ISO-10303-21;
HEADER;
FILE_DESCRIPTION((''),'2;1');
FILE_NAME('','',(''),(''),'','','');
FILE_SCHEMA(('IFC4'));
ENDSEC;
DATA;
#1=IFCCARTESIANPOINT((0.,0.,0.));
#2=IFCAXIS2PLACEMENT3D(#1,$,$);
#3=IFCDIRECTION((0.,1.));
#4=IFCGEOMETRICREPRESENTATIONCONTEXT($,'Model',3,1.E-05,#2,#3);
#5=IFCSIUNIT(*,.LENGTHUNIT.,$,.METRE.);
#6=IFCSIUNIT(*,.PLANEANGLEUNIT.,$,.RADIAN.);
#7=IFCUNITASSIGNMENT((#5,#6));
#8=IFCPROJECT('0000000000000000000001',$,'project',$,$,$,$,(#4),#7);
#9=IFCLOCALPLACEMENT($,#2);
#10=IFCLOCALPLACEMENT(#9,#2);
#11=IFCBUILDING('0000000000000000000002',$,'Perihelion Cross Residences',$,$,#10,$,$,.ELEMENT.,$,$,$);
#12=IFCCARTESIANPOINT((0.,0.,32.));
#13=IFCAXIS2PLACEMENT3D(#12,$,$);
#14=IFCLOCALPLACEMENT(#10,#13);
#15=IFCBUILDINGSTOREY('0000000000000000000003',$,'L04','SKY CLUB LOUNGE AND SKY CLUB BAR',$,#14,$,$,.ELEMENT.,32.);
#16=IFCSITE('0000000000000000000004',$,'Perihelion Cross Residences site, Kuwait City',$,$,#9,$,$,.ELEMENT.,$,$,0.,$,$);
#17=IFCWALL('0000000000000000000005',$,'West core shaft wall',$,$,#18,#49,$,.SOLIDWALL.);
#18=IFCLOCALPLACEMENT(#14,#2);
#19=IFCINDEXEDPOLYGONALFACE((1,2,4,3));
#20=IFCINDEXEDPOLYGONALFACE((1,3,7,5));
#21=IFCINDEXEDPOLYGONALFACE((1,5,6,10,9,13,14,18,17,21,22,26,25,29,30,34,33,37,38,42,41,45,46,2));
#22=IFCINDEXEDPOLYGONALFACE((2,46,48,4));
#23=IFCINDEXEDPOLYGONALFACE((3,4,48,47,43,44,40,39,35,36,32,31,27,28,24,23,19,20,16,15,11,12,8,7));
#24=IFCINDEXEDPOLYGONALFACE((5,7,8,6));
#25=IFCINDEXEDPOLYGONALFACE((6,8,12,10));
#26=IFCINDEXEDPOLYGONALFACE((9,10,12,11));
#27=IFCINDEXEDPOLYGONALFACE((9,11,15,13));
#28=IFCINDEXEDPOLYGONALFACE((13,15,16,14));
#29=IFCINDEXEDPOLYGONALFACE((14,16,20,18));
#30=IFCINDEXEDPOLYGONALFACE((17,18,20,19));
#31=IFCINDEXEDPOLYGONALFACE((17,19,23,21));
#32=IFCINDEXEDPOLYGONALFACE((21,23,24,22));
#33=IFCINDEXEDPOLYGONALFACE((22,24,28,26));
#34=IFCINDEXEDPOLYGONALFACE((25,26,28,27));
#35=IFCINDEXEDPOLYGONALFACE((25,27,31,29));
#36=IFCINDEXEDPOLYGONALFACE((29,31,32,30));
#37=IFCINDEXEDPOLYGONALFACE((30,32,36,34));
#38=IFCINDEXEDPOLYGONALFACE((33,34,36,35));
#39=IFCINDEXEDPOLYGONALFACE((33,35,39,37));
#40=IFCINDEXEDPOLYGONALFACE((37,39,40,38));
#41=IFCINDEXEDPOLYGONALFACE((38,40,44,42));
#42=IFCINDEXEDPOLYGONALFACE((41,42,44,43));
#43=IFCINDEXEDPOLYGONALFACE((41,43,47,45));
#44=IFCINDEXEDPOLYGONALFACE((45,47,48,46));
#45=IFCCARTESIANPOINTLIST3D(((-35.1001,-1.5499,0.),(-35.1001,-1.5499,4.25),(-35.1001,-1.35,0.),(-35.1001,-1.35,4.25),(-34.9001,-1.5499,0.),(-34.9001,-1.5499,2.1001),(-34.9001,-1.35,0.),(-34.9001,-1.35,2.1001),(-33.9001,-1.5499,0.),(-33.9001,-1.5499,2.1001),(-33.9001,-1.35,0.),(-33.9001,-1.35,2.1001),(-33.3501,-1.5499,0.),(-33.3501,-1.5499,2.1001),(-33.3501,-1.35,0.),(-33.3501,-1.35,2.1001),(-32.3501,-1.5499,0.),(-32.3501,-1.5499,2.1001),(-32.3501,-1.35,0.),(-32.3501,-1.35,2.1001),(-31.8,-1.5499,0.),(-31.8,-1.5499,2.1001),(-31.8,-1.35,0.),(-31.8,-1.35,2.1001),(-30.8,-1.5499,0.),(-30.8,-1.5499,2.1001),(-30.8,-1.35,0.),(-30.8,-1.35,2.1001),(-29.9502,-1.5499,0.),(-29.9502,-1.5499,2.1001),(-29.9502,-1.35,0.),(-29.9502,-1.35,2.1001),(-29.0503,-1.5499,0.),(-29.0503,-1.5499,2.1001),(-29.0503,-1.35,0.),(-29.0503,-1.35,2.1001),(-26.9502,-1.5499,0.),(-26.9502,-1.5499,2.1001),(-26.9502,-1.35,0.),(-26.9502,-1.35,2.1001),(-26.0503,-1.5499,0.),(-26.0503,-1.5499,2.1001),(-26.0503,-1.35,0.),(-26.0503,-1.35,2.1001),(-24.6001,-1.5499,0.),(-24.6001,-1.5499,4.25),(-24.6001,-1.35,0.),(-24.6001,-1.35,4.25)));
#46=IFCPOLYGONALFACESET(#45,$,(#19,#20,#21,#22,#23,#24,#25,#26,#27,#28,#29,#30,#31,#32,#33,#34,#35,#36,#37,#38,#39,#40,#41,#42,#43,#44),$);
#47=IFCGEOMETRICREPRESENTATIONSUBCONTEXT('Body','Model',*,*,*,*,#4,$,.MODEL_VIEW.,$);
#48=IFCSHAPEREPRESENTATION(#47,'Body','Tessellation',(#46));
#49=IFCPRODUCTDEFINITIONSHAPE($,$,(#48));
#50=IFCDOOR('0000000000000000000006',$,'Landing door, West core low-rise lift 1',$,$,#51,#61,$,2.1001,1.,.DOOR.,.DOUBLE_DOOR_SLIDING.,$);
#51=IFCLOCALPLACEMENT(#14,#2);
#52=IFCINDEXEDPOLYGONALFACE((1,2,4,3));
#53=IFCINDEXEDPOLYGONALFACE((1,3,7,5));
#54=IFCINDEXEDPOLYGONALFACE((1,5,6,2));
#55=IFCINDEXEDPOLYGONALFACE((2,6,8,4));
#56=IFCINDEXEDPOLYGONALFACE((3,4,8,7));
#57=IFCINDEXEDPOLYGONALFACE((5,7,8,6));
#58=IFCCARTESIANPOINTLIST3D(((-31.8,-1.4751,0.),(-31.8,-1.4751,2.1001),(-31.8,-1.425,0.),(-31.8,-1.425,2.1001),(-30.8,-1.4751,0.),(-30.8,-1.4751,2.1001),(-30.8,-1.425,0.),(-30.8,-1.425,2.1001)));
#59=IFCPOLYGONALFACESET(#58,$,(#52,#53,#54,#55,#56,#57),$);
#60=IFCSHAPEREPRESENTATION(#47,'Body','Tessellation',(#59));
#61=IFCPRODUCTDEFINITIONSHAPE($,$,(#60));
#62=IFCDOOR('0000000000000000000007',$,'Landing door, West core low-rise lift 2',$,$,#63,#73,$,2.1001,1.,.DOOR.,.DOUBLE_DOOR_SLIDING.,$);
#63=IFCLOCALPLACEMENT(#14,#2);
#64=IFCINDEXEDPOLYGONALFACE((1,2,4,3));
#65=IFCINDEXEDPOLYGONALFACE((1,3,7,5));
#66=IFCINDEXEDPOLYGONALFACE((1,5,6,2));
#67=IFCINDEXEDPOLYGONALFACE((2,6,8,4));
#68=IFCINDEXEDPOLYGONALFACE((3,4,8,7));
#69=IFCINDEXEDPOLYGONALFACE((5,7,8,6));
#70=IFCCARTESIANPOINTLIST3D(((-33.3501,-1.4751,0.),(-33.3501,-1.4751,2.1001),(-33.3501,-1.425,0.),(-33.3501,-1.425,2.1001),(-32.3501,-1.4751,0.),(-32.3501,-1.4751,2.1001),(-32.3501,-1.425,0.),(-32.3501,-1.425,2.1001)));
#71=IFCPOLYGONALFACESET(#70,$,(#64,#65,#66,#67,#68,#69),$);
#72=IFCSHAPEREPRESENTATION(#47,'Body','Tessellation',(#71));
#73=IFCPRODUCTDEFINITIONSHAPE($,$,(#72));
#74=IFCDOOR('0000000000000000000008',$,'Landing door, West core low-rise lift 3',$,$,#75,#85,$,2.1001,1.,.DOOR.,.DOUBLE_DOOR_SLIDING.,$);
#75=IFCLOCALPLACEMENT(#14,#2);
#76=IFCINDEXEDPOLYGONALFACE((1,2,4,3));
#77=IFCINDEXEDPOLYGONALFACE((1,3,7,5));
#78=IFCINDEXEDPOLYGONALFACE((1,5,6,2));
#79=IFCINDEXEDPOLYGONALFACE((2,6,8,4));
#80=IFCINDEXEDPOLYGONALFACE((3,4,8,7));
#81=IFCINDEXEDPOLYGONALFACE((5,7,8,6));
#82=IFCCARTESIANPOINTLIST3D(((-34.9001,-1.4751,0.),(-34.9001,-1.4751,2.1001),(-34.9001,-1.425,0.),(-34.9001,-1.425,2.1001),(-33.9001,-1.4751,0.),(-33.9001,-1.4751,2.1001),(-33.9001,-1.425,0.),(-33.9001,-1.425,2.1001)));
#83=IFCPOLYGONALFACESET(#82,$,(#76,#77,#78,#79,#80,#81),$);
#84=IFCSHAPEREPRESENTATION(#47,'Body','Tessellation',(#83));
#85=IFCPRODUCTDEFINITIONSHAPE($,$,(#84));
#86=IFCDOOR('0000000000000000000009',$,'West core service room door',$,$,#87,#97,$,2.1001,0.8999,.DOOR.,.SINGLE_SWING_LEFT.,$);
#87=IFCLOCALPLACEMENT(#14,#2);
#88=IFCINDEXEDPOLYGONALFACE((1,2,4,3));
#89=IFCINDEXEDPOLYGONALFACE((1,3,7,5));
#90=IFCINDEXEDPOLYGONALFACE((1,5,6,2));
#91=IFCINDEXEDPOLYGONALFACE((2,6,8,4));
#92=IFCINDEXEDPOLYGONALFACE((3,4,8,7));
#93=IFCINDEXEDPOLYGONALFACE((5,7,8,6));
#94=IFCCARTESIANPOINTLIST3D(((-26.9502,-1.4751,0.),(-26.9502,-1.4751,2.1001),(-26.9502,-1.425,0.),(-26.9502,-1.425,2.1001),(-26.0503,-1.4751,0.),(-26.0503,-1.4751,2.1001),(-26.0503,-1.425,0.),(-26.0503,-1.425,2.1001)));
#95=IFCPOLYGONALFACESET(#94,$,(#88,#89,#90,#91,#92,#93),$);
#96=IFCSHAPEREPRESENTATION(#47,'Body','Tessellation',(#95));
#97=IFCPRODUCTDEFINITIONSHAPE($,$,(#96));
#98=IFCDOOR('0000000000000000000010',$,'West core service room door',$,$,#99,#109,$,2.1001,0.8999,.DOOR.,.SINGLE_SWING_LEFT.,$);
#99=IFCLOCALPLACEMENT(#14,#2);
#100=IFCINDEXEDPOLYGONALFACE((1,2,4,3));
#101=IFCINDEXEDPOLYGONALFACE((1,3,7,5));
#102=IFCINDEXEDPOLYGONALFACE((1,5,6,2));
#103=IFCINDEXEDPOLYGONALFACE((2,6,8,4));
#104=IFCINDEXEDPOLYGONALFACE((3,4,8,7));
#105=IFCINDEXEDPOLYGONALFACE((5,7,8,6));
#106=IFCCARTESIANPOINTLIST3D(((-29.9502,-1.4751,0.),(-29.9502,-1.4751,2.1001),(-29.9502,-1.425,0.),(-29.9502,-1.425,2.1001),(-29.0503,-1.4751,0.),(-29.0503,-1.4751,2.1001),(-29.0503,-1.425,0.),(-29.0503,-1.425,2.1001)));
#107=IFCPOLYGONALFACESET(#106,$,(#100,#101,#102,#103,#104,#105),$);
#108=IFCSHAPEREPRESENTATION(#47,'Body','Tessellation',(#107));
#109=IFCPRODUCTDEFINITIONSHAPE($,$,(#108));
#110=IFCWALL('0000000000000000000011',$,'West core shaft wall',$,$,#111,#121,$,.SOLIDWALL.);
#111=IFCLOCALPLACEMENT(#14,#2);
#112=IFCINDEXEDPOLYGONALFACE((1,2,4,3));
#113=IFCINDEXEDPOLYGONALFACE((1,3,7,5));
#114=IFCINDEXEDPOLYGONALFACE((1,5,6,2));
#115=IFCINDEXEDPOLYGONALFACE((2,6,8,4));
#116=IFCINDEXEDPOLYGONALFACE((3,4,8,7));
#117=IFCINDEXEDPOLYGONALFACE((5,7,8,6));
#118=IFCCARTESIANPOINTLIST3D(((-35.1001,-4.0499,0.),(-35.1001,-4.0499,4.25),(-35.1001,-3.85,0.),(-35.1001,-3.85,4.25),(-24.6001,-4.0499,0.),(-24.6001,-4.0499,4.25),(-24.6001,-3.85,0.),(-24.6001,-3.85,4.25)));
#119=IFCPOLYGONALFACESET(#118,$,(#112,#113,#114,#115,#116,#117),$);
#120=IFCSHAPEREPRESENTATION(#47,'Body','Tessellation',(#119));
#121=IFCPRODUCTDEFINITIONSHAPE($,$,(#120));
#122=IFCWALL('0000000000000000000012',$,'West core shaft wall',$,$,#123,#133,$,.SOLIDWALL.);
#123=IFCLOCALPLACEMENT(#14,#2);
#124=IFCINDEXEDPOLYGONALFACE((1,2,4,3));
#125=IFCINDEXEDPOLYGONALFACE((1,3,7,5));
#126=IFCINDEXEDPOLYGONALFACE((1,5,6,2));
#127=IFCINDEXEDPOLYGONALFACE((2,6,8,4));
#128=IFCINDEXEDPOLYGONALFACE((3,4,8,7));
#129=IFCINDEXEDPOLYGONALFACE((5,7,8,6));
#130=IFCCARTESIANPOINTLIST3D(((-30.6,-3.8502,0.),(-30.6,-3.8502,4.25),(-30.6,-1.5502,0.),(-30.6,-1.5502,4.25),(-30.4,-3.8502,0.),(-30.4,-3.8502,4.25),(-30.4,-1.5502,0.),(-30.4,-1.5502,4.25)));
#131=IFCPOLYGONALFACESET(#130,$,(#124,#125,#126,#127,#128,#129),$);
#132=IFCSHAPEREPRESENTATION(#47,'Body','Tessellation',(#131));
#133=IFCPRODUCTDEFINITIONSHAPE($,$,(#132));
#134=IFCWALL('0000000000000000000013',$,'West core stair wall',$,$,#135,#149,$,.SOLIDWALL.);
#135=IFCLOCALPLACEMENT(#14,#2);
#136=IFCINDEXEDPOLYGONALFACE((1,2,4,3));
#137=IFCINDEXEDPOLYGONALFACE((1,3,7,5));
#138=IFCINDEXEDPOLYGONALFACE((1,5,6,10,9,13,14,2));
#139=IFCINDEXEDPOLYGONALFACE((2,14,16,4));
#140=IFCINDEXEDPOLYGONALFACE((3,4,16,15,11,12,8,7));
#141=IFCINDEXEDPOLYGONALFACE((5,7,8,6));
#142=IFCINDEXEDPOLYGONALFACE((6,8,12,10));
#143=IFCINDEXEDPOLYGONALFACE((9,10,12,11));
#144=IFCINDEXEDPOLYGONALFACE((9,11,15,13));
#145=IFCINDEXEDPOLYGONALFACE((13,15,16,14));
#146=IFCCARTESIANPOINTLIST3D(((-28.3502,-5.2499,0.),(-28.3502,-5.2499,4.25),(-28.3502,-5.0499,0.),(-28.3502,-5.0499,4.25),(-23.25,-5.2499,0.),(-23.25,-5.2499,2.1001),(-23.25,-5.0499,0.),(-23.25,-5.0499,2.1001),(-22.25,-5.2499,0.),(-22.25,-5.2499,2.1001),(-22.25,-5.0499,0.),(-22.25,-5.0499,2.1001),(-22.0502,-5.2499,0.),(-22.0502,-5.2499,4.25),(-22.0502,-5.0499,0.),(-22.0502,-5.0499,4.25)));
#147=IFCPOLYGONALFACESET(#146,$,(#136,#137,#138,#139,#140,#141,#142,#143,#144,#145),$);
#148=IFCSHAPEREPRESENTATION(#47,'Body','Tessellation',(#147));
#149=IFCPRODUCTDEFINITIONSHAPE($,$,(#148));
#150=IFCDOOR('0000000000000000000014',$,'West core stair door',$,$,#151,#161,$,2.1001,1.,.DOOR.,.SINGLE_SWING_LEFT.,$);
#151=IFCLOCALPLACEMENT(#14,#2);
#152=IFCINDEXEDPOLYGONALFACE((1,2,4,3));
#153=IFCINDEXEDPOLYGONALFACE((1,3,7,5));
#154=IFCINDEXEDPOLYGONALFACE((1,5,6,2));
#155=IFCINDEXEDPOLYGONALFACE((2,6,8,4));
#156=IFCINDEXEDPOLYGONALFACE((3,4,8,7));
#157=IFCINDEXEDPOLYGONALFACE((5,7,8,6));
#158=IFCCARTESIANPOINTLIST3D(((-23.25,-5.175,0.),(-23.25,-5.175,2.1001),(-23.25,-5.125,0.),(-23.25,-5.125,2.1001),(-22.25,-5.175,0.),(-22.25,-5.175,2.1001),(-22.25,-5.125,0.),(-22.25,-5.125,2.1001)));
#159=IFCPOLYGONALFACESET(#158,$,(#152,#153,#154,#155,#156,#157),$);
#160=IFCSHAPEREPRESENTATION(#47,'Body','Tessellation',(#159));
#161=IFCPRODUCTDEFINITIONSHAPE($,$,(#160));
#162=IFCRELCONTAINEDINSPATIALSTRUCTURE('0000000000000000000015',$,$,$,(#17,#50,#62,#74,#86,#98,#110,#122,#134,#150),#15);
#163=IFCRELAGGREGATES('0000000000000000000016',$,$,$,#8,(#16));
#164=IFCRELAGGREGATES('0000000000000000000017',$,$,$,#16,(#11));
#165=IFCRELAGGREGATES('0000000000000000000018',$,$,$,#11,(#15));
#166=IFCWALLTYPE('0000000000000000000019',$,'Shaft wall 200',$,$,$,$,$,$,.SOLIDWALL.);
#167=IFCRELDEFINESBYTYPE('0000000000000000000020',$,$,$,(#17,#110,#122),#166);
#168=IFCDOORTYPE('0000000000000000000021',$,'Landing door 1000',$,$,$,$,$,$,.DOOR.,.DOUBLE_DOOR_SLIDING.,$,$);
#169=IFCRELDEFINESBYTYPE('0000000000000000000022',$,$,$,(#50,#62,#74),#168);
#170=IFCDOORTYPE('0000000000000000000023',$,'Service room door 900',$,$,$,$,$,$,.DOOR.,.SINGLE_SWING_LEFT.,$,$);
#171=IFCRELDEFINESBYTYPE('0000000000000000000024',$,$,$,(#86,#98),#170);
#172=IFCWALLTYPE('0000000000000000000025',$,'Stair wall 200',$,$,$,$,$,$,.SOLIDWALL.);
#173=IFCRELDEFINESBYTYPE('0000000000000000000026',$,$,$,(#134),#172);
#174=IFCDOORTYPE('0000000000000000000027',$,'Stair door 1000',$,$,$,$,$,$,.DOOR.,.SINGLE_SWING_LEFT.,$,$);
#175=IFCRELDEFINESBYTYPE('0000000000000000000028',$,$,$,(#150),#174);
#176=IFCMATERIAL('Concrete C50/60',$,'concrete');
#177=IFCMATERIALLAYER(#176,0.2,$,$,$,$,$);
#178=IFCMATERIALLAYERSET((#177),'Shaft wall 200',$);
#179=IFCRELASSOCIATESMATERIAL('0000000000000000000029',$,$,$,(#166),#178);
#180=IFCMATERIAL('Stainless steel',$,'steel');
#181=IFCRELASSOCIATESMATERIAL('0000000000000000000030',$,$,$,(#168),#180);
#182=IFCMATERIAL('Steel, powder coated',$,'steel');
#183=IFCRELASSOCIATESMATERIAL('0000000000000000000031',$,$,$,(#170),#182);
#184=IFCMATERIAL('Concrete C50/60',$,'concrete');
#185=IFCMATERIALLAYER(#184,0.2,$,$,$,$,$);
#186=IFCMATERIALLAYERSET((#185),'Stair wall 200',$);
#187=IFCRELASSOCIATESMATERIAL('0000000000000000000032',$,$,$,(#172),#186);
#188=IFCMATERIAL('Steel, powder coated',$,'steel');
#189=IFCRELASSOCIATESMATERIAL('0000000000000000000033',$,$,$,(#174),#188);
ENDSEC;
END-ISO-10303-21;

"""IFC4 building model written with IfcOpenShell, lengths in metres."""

from ifc_helpers import new_model, si_unit, direction, frame, frame_2d, origin, place, context, subcontext, project, spatial, rectangle, extrude, material, layer, layer_set, type_object, element, fill, save


model = new_model("IFC4")

# Units and contexts
model_context = context("Model", 3, precision=1e-05, world=origin(), true_north=direction((0.0, 1.0)))
body_context = subcontext(model_context, "Body", "Model", "MODEL_VIEW")
ifc_project = project(units=[si_unit("LENGTHUNIT", "METRE"), si_unit("PLANEANGLEUNIT", "RADIAN")], contexts=[model_context])

# Site, building, storey
site_placement = place(None, origin())
site = spatial("IfcSite", under=ifc_project, at=site_placement, Name="Perihelion Cross Residences site, Kuwait City", CompositionType="ELEMENT", RefElevation=0.0)
building_placement = place(site_placement, origin())
building = spatial("IfcBuilding", under=site, at=building_placement, Name="Perihelion Cross Residences", CompositionType="ELEMENT")
storey_placement = place(building_placement, frame((0.0, 0.0, 32.0)))
storey = spatial("IfcBuildingStorey", under=building, at=storey_placement, Name="L04", Description="SKY CLUB LOUNGE AND SKY CLUB BAR", CompositionType="ELEMENT", Elevation=32.0)

# Wall, openings, doors
ifc_material_1 = material(Name="Concrete C50/60", Category="concrete")
ifc_layer_1 = layer(ifc_material_1, 0.2)
ifc_layer_set_1 = layer_set([ifc_layer_1], Name="Shaft wall 200")
wall_type_1 = type_object("IfcWallType", Name="Shaft wall 200", PredefinedType="SOLIDWALL", material=ifc_layer_set_1)
wall_1_placement = place(storey_placement, frame((-35.1001, -1.45, 0.0), z_axis=(0.0, 0.0, 1.0), x_axis=(1.0, 0.0, 0.0)))
wall_1 = element("IfcWall", 1, at=wall_1_placement, inside=storey, type_object=wall_type_1, Name="West core shaft wall", PredefinedType="SOLIDWALL", context=body_context, shape_type="SweptSolid", body=[
    extrude(rectangle(XDim=10.5, YDim=0.2, at=frame_2d((5.25, 0.0))), origin(), (0.0, 0.0, 1.0), 4.25),
])
opening_1_placement = place(wall_1_placement, frame((3.3, 0.0, 0.0)))
opening_1 = element("IfcOpeningElement", 2, at=opening_1_placement, cuts=wall_1, PredefinedType="OPENING", context=body_context, shape_type="SweptSolid", body=[
    extrude(rectangle(XDim=1.0, YDim=2.1001, at=frame_2d((0.5, 1.05))), frame((0.0, 0.1099, 0.0), z_axis=(0.0, -1.0, 0.0), x_axis=(1.0, 0.0, 0.0)), (0.0, 0.0, 1.0), 0.22),
])
opening_2_placement = place(wall_1_placement, frame((1.75, 0.0, 0.0)))
opening_2 = element("IfcOpeningElement", 3, at=opening_2_placement, cuts=wall_1, PredefinedType="OPENING", context=body_context, shape_type="SweptSolid", body=[
    extrude(rectangle(XDim=1.0, YDim=2.1001, at=frame_2d((0.5, 1.05))), frame((0.0, 0.1099, 0.0), z_axis=(0.0, -1.0, 0.0), x_axis=(1.0, 0.0, 0.0)), (0.0, 0.0, 1.0), 0.22),
])
opening_3_placement = place(wall_1_placement, frame((0.2, 0.0, 0.0)))
opening_3 = element("IfcOpeningElement", 4, at=opening_3_placement, cuts=wall_1, PredefinedType="OPENING", context=body_context, shape_type="SweptSolid", body=[
    extrude(rectangle(XDim=1.0, YDim=2.1001, at=frame_2d((0.5, 1.05))), frame((0.0, 0.1099, 0.0), z_axis=(0.0, -1.0, 0.0), x_axis=(1.0, 0.0, 0.0)), (0.0, 0.0, 1.0), 0.22),
])
opening_4_placement = place(wall_1_placement, frame((8.1499, 0.0, 0.0)))
opening_4 = element("IfcOpeningElement", 5, at=opening_4_placement, cuts=wall_1, PredefinedType="OPENING", context=body_context, shape_type="SweptSolid", body=[
    extrude(rectangle(XDim=0.8999, YDim=2.1001, at=frame_2d((0.45, 1.05))), frame((0.0, 0.1099, 0.0), z_axis=(0.0, -1.0, 0.0), x_axis=(1.0, 0.0, 0.0)), (0.0, 0.0, 1.0), 0.22),
])
opening_5_placement = place(wall_1_placement, frame((5.1499, 0.0, 0.0)))
opening_5 = element("IfcOpeningElement", 6, at=opening_5_placement, cuts=wall_1, PredefinedType="OPENING", context=body_context, shape_type="SweptSolid", body=[
    extrude(rectangle(XDim=0.8999, YDim=2.1001, at=frame_2d((0.45, 1.05))), frame((0.0, 0.1099, 0.0), z_axis=(0.0, -1.0, 0.0), x_axis=(1.0, 0.0, 0.0)), (0.0, 0.0, 1.0), 0.22),
])
ifc_material_2 = material(Name="Stainless steel", Category="steel")
door_type_1 = type_object("IfcDoorType", Name="Landing door 1000", OperationType="DOUBLE_DOOR_SLIDING", PredefinedType="DOOR", material=ifc_material_2)
door_1_placement = place(opening_1_placement, origin())
door_1 = element("IfcDoor", 7, at=door_1_placement, inside=storey, type_object=door_type_1, Name="Landing door, West core low-rise lift 1", OperationType="DOUBLE_DOOR_SLIDING", OverallHeight=2.1001, OverallWidth=1.0, PredefinedType="DOOR", context=body_context, shape_type="SweptSolid", body=[
    extrude(rectangle(XDim=1.0, YDim=2.1001, at=frame_2d((0.5, 1.05))), frame((0.0, 0.0249, 0.0), z_axis=(0.0, -1.0, 0.0), x_axis=(1.0, 0.0, 0.0)), (0.0, 0.0, 1.0), 0.05),
])
fill(opening_1, door_1)
door_2_placement = place(opening_2_placement, origin())
door_2 = element("IfcDoor", 8, at=door_2_placement, inside=storey, type_object=door_type_1, Name="Landing door, West core low-rise lift 2", OperationType="DOUBLE_DOOR_SLIDING", OverallHeight=2.1001, OverallWidth=1.0, PredefinedType="DOOR", context=body_context, shape_type="SweptSolid", body=[
    extrude(rectangle(XDim=1.0, YDim=2.1001, at=frame_2d((0.5, 1.05))), frame((0.0, 0.0249, 0.0), z_axis=(0.0, -1.0, 0.0), x_axis=(1.0, 0.0, 0.0)), (0.0, 0.0, 1.0), 0.05),
])
fill(opening_2, door_2)
door_3_placement = place(opening_3_placement, origin())
door_3 = element("IfcDoor", 9, at=door_3_placement, inside=storey, type_object=door_type_1, Name="Landing door, West core low-rise lift 3", OperationType="DOUBLE_DOOR_SLIDING", OverallHeight=2.1001, OverallWidth=1.0, PredefinedType="DOOR", context=body_context, shape_type="SweptSolid", body=[
    extrude(rectangle(XDim=1.0, YDim=2.1001, at=frame_2d((0.5, 1.05))), frame((0.0, 0.0249, 0.0), z_axis=(0.0, -1.0, 0.0), x_axis=(1.0, 0.0, 0.0)), (0.0, 0.0, 1.0), 0.05),
])
fill(opening_3, door_3)
ifc_material_3 = material(Name="Steel, powder coated", Category="steel")
door_type_2 = type_object("IfcDoorType", Name="Service room door 900", OperationType="SINGLE_SWING_LEFT", PredefinedType="DOOR", material=ifc_material_3)
door_4_placement = place(opening_4_placement, origin())
door_4 = element("IfcDoor", 10, at=door_4_placement, inside=storey, type_object=door_type_2, Name="West core service room door", OperationType="SINGLE_SWING_LEFT", OverallHeight=2.1001, OverallWidth=0.8999, PredefinedType="DOOR", context=body_context, shape_type="SweptSolid", body=[
    extrude(rectangle(XDim=0.8999, YDim=2.1001, at=frame_2d((0.45, 1.05))), frame((0.0, 0.0249, 0.0), z_axis=(0.0, -1.0, 0.0), x_axis=(1.0, 0.0, 0.0)), (0.0, 0.0, 1.0), 0.05),
])
fill(opening_4, door_4)
door_5_placement = place(opening_5_placement, origin())
door_5 = element("IfcDoor", 11, at=door_5_placement, inside=storey, type_object=door_type_2, Name="West core service room door", OperationType="SINGLE_SWING_LEFT", OverallHeight=2.1001, OverallWidth=0.8999, PredefinedType="DOOR", context=body_context, shape_type="SweptSolid", body=[
    extrude(rectangle(XDim=0.8999, YDim=2.1001, at=frame_2d((0.45, 1.05))), frame((0.0, 0.0249, 0.0), z_axis=(0.0, -1.0, 0.0), x_axis=(1.0, 0.0, 0.0)), (0.0, 0.0, 1.0), 0.05),
])
fill(opening_5, door_5)

# Walls
wall_2_placement = place(storey_placement, frame((-35.1001, -3.95, 0.0), z_axis=(0.0, 0.0, 1.0), x_axis=(1.0, 0.0, 0.0)))
element("IfcWall", 12, at=wall_2_placement, inside=storey, type_object=wall_type_1, Name="West core shaft wall", PredefinedType="SOLIDWALL", context=body_context, shape_type="SweptSolid", body=[
    extrude(rectangle(XDim=10.5, YDim=0.2, at=frame_2d((5.25, 0.0))), origin(), (0.0, 0.0, 1.0), 4.25),
])
wall_3_placement = place(storey_placement, frame((-30.5, -3.8501, 0.0), z_axis=(0.0, 0.0, 1.0), x_axis=(0.0, 1.0, 0.0)))
element("IfcWall", 13, at=wall_3_placement, inside=storey, type_object=wall_type_1, Name="West core shaft wall", PredefinedType="SOLIDWALL", context=body_context, shape_type="SweptSolid", body=[
    extrude(rectangle(XDim=2.3, YDim=0.2, at=frame_2d((1.1499, 0.0))), origin(), (0.0, 0.0, 1.0), 4.25),
])

# Wall, opening, door
ifc_material_4 = material(Name="Concrete C50/60", Category="concrete")
ifc_layer_2 = layer(ifc_material_4, 0.2)
ifc_layer_set_2 = layer_set([ifc_layer_2], Name="Stair wall 200")
wall_type_2 = type_object("IfcWallType", Name="Stair wall 200", PredefinedType="SOLIDWALL", material=ifc_layer_set_2)
wall_4_placement = place(storey_placement, frame((-28.3501, -5.1499, 0.0), z_axis=(0.0, 0.0, 1.0), x_axis=(1.0, 0.0, 0.0)))
wall_4 = element("IfcWall", 14, at=wall_4_placement, inside=storey, type_object=wall_type_2, Name="West core stair wall", PredefinedType="SOLIDWALL", context=body_context, shape_type="SweptSolid", body=[
    extrude(rectangle(XDim=6.3, YDim=0.2, at=frame_2d((3.1499, 0.0))), origin(), (0.0, 0.0, 1.0), 4.25),
])
opening_6_placement = place(wall_4_placement, frame((5.1001, 0.0, 0.0)))
opening_6 = element("IfcOpeningElement", 15, at=opening_6_placement, cuts=wall_4, PredefinedType="OPENING", context=body_context, shape_type="SweptSolid", body=[
    extrude(rectangle(XDim=1.0, YDim=2.1001, at=frame_2d((0.5, 1.05))), frame((0.0, 0.1099, 0.0), z_axis=(0.0, -1.0, 0.0), x_axis=(1.0, 0.0, 0.0)), (0.0, 0.0, 1.0), 0.22),
])
ifc_material_5 = material(Name="Steel, powder coated", Category="steel")
door_type_3 = type_object("IfcDoorType", Name="Stair door 1000", OperationType="SINGLE_SWING_LEFT", PredefinedType="DOOR", material=ifc_material_5)
door_6_placement = place(opening_6_placement, origin())
door_6 = element("IfcDoor", 16, at=door_6_placement, inside=storey, type_object=door_type_3, Name="West core stair door", OperationType="SINGLE_SWING_LEFT", OverallHeight=2.1001, OverallWidth=1.0, PredefinedType="DOOR", context=body_context, shape_type="SweptSolid", body=[
    extrude(rectangle(XDim=1.0, YDim=2.1001, at=frame_2d((0.5, 1.05))), frame((0.0, 0.0249, 0.0), z_axis=(0.0, -1.0, 0.0), x_axis=(1.0, 0.0, 0.0)), (0.0, 0.0, 1.0), 0.05),
])
fill(opening_6, door_6)

save(model, "model.ifc")
